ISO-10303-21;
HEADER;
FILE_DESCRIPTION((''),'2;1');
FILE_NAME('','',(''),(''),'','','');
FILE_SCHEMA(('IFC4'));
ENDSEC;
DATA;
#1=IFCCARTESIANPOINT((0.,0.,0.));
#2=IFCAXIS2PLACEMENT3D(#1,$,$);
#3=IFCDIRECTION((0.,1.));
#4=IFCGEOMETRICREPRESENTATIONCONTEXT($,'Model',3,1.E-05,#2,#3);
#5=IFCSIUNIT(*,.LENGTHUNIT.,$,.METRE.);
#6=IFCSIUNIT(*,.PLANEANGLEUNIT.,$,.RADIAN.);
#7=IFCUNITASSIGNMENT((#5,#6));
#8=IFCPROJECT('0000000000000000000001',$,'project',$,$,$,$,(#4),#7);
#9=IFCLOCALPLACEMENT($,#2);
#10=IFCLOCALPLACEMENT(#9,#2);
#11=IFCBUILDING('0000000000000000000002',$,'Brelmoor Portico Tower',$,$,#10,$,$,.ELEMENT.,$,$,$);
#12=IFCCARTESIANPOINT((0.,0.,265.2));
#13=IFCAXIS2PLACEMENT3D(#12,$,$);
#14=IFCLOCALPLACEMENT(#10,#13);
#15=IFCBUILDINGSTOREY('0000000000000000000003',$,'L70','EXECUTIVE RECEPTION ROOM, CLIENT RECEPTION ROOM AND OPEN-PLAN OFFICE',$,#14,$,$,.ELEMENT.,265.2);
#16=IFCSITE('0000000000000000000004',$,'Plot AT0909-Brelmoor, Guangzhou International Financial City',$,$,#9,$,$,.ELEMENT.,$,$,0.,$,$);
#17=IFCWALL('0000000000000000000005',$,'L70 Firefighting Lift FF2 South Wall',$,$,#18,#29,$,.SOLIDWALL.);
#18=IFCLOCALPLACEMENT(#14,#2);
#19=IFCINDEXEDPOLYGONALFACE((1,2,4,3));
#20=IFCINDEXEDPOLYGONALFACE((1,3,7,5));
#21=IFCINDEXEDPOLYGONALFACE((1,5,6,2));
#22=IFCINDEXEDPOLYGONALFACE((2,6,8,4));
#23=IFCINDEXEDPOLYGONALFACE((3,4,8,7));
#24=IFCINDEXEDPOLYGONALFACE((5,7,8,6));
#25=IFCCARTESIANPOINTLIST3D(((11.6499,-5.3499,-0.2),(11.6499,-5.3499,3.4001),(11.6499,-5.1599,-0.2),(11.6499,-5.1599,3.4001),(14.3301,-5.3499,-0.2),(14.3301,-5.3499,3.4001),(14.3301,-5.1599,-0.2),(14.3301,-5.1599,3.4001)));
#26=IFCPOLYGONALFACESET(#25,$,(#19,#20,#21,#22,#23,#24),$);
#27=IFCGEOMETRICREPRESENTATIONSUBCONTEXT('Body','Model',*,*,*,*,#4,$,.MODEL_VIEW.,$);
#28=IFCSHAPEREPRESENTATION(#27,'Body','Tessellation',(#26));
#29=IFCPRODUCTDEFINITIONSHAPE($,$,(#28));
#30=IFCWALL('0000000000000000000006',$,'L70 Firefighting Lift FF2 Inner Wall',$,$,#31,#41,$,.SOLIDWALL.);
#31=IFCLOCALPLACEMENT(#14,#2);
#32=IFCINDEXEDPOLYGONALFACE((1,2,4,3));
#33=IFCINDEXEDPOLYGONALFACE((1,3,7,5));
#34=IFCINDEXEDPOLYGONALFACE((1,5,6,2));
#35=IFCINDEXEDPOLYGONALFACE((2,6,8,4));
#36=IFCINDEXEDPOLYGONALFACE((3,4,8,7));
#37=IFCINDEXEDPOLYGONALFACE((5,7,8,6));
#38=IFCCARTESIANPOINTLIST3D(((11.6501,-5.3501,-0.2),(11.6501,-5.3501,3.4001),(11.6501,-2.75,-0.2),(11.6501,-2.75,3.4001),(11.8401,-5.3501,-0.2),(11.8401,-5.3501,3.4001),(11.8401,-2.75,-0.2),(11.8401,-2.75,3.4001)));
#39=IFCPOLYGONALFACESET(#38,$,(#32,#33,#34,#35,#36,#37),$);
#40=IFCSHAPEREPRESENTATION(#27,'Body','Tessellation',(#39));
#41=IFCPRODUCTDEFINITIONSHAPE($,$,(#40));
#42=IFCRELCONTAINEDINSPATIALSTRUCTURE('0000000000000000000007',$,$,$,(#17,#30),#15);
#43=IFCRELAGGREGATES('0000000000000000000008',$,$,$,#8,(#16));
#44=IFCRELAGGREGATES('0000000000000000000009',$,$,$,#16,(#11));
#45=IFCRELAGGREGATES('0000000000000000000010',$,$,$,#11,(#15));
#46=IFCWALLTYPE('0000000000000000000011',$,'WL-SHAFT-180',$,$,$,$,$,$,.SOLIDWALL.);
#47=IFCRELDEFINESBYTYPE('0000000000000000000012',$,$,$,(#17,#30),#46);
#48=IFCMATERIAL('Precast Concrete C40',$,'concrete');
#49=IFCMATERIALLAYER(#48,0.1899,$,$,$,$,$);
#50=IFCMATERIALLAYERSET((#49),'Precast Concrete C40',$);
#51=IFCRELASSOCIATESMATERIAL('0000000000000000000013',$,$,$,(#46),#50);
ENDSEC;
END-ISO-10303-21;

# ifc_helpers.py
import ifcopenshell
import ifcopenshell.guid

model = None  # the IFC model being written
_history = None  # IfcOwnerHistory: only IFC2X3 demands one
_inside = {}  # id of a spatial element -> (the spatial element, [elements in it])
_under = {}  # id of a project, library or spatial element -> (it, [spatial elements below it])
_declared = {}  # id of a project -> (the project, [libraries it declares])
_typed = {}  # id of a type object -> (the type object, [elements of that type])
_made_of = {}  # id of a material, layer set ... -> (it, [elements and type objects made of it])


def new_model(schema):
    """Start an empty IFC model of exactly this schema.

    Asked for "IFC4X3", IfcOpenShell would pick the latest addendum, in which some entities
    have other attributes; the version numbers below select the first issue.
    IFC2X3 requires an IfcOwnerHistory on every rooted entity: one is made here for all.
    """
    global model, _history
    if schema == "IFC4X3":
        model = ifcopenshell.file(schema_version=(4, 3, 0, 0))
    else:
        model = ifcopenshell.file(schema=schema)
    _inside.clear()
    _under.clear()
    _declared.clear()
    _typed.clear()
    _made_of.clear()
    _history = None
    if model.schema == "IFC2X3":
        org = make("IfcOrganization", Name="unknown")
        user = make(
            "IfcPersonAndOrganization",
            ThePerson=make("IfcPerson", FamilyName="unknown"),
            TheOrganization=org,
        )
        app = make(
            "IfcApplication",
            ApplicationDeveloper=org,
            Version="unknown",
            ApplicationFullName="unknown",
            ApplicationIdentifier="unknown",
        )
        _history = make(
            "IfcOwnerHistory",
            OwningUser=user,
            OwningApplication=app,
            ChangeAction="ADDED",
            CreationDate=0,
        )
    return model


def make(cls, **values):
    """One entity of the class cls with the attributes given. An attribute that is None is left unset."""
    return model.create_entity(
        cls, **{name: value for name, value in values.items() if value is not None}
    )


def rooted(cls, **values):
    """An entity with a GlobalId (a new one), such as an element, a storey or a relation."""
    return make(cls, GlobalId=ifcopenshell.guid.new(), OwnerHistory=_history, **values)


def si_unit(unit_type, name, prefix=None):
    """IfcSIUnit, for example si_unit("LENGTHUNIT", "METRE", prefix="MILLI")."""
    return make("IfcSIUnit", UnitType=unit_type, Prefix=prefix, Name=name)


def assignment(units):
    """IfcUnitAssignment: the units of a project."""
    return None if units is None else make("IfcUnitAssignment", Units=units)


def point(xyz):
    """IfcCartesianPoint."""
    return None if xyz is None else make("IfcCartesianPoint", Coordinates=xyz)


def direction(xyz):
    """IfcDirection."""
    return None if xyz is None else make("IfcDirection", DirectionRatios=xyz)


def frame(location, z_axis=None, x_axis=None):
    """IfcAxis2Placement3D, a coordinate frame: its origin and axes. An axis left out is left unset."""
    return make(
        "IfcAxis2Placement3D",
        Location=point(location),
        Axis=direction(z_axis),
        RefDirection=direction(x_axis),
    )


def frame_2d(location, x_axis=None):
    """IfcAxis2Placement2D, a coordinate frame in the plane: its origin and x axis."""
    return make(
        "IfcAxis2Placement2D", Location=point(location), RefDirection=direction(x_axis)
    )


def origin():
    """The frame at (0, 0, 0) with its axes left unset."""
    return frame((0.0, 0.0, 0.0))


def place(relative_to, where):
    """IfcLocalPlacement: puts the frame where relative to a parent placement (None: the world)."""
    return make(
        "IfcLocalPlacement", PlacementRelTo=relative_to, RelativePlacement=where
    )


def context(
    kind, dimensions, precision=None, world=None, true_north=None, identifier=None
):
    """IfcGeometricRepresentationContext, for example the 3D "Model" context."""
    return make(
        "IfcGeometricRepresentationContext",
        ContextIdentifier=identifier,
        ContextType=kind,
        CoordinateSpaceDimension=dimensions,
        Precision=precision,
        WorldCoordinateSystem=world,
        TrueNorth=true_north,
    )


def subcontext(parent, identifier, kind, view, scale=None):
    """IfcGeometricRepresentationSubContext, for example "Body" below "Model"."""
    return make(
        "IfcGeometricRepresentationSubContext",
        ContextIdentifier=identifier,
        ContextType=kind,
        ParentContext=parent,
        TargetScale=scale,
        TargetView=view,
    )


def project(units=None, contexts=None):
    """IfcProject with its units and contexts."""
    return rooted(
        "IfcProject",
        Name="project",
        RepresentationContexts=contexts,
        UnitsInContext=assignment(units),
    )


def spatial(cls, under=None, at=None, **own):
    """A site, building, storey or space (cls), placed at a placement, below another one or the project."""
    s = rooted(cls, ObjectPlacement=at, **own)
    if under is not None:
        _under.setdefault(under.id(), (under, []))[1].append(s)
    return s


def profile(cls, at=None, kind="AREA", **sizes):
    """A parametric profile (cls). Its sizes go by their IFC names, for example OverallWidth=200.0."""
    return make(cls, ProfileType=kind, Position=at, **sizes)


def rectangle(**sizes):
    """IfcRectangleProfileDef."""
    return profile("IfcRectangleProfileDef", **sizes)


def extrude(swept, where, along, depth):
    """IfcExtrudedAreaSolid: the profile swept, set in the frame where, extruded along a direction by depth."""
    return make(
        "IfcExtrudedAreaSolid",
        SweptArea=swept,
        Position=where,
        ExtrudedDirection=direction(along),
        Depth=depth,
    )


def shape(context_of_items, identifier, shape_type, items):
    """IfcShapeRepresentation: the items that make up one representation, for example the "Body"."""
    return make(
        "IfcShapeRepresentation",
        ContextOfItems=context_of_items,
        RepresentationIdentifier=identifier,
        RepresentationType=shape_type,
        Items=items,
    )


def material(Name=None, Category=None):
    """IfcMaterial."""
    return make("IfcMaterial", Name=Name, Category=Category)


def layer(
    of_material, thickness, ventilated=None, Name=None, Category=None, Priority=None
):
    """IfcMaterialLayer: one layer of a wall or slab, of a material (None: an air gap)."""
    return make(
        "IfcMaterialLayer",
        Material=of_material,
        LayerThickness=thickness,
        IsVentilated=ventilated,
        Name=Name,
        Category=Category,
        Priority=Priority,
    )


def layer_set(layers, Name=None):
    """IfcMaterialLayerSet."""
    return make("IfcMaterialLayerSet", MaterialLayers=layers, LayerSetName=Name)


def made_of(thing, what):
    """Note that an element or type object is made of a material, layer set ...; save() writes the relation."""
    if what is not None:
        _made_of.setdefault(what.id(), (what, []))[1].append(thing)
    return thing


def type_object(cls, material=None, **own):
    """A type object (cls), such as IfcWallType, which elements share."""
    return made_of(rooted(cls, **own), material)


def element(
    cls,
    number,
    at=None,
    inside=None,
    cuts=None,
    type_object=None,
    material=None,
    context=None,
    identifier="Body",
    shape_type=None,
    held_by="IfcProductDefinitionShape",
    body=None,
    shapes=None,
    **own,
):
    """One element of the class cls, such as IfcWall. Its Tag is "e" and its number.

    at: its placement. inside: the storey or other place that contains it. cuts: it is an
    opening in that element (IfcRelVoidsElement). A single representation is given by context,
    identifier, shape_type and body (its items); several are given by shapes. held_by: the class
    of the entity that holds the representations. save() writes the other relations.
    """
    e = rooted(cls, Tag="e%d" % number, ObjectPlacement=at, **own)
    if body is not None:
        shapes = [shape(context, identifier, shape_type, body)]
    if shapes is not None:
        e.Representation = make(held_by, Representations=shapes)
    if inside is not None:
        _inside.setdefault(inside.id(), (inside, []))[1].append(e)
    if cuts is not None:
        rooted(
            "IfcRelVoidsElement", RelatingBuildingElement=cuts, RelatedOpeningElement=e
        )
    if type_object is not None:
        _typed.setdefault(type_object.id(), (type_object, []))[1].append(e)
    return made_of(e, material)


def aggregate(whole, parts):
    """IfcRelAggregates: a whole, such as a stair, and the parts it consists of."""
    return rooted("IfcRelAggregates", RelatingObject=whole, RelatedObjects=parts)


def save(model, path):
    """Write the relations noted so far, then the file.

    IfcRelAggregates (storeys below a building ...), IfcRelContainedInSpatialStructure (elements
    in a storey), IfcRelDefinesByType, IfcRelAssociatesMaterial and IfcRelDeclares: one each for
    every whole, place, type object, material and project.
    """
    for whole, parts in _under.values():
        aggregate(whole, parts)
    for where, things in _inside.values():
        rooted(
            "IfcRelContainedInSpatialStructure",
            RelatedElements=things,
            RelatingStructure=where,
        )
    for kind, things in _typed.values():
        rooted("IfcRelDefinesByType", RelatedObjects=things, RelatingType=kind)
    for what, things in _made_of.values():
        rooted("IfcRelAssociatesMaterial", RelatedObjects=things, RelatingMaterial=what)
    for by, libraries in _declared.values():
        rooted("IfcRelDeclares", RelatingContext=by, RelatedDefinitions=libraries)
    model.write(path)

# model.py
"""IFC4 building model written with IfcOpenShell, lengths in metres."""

from ifc_helpers import new_model, si_unit, direction, frame, frame_2d, origin, place, context, subcontext, project, spatial, rectangle, extrude, material, layer, layer_set, type_object, element, save


model = new_model("IFC4")

# Units and contexts
model_context = context("Model", 3, precision=1e-05, world=origin(), true_north=direction((0.0, 1.0)))
body_context = subcontext(model_context, "Body", "Model", "MODEL_VIEW")
ifc_project = project(units=[si_unit("LENGTHUNIT", "METRE"), si_unit("PLANEANGLEUNIT", "RADIAN")], contexts=[model_context])

# Site, building, storey
site_placement = place(None, origin())
site = spatial("IfcSite", under=ifc_project, at=site_placement, Name="Plot AT0909-Brelmoor, Guangzhou International Financial City", CompositionType="ELEMENT", RefElevation=0.0)
building_placement = place(site_placement, origin())
building = spatial("IfcBuilding", under=site, at=building_placement, Name="Brelmoor Portico Tower", CompositionType="ELEMENT")
storey_placement = place(building_placement, frame((0.0, 0.0, 265.2)))
storey = spatial("IfcBuildingStorey", under=building, at=storey_placement, Name="L70", Description="EXECUTIVE RECEPTION ROOM, CLIENT RECEPTION ROOM AND OPEN-PLAN OFFICE", CompositionType="ELEMENT", Elevation=265.2)

# Shared definitions
ifc_material_1 = material(Name="Precast Concrete C40", Category="concrete")
ifc_layer_1 = layer(ifc_material_1, 0.1899)
ifc_layer_set_1 = layer_set([ifc_layer_1], Name="Precast Concrete C40")
wall_type_1 = type_object("IfcWallType", Name="WL-SHAFT-180", PredefinedType="SOLIDWALL", material=ifc_layer_set_1)

# Walls
wall_1_placement = place(storey_placement, frame((11.6499, -5.2549, -0.2), z_axis=(0.0, 0.0, 1.0), x_axis=(1.0, 0.0, 0.0)))
element("IfcWall", 1, at=wall_1_placement, inside=storey, type_object=wall_type_1, Name="L70 Firefighting Lift FF2 South Wall", PredefinedType="SOLIDWALL", context=body_context, shape_type="SweptSolid", body=[
    extrude(rectangle(XDim=2.6802, YDim=0.1899, at=frame_2d((1.3401, 0.0))), origin(), (0.0, 0.0, 1.0), 3.6001),
])
wall_2_placement = place(storey_placement, frame((11.7451, -5.3501, -0.2), z_axis=(0.0, 0.0, 1.0), x_axis=(0.0, 1.0, 0.0)))
element("IfcWall", 2, at=wall_2_placement, inside=storey, type_object=wall_type_1, Name="L70 Firefighting Lift FF2 Inner Wall", PredefinedType="SOLIDWALL", context=body_context, shape_type="SweptSolid", body=[
    extrude(rectangle(XDim=2.6001, YDim=0.1899, at=frame_2d((1.3, 0.0))), origin(), (0.0, 0.0, 1.0), 3.6001),
])

save(model, "model.ifc")
